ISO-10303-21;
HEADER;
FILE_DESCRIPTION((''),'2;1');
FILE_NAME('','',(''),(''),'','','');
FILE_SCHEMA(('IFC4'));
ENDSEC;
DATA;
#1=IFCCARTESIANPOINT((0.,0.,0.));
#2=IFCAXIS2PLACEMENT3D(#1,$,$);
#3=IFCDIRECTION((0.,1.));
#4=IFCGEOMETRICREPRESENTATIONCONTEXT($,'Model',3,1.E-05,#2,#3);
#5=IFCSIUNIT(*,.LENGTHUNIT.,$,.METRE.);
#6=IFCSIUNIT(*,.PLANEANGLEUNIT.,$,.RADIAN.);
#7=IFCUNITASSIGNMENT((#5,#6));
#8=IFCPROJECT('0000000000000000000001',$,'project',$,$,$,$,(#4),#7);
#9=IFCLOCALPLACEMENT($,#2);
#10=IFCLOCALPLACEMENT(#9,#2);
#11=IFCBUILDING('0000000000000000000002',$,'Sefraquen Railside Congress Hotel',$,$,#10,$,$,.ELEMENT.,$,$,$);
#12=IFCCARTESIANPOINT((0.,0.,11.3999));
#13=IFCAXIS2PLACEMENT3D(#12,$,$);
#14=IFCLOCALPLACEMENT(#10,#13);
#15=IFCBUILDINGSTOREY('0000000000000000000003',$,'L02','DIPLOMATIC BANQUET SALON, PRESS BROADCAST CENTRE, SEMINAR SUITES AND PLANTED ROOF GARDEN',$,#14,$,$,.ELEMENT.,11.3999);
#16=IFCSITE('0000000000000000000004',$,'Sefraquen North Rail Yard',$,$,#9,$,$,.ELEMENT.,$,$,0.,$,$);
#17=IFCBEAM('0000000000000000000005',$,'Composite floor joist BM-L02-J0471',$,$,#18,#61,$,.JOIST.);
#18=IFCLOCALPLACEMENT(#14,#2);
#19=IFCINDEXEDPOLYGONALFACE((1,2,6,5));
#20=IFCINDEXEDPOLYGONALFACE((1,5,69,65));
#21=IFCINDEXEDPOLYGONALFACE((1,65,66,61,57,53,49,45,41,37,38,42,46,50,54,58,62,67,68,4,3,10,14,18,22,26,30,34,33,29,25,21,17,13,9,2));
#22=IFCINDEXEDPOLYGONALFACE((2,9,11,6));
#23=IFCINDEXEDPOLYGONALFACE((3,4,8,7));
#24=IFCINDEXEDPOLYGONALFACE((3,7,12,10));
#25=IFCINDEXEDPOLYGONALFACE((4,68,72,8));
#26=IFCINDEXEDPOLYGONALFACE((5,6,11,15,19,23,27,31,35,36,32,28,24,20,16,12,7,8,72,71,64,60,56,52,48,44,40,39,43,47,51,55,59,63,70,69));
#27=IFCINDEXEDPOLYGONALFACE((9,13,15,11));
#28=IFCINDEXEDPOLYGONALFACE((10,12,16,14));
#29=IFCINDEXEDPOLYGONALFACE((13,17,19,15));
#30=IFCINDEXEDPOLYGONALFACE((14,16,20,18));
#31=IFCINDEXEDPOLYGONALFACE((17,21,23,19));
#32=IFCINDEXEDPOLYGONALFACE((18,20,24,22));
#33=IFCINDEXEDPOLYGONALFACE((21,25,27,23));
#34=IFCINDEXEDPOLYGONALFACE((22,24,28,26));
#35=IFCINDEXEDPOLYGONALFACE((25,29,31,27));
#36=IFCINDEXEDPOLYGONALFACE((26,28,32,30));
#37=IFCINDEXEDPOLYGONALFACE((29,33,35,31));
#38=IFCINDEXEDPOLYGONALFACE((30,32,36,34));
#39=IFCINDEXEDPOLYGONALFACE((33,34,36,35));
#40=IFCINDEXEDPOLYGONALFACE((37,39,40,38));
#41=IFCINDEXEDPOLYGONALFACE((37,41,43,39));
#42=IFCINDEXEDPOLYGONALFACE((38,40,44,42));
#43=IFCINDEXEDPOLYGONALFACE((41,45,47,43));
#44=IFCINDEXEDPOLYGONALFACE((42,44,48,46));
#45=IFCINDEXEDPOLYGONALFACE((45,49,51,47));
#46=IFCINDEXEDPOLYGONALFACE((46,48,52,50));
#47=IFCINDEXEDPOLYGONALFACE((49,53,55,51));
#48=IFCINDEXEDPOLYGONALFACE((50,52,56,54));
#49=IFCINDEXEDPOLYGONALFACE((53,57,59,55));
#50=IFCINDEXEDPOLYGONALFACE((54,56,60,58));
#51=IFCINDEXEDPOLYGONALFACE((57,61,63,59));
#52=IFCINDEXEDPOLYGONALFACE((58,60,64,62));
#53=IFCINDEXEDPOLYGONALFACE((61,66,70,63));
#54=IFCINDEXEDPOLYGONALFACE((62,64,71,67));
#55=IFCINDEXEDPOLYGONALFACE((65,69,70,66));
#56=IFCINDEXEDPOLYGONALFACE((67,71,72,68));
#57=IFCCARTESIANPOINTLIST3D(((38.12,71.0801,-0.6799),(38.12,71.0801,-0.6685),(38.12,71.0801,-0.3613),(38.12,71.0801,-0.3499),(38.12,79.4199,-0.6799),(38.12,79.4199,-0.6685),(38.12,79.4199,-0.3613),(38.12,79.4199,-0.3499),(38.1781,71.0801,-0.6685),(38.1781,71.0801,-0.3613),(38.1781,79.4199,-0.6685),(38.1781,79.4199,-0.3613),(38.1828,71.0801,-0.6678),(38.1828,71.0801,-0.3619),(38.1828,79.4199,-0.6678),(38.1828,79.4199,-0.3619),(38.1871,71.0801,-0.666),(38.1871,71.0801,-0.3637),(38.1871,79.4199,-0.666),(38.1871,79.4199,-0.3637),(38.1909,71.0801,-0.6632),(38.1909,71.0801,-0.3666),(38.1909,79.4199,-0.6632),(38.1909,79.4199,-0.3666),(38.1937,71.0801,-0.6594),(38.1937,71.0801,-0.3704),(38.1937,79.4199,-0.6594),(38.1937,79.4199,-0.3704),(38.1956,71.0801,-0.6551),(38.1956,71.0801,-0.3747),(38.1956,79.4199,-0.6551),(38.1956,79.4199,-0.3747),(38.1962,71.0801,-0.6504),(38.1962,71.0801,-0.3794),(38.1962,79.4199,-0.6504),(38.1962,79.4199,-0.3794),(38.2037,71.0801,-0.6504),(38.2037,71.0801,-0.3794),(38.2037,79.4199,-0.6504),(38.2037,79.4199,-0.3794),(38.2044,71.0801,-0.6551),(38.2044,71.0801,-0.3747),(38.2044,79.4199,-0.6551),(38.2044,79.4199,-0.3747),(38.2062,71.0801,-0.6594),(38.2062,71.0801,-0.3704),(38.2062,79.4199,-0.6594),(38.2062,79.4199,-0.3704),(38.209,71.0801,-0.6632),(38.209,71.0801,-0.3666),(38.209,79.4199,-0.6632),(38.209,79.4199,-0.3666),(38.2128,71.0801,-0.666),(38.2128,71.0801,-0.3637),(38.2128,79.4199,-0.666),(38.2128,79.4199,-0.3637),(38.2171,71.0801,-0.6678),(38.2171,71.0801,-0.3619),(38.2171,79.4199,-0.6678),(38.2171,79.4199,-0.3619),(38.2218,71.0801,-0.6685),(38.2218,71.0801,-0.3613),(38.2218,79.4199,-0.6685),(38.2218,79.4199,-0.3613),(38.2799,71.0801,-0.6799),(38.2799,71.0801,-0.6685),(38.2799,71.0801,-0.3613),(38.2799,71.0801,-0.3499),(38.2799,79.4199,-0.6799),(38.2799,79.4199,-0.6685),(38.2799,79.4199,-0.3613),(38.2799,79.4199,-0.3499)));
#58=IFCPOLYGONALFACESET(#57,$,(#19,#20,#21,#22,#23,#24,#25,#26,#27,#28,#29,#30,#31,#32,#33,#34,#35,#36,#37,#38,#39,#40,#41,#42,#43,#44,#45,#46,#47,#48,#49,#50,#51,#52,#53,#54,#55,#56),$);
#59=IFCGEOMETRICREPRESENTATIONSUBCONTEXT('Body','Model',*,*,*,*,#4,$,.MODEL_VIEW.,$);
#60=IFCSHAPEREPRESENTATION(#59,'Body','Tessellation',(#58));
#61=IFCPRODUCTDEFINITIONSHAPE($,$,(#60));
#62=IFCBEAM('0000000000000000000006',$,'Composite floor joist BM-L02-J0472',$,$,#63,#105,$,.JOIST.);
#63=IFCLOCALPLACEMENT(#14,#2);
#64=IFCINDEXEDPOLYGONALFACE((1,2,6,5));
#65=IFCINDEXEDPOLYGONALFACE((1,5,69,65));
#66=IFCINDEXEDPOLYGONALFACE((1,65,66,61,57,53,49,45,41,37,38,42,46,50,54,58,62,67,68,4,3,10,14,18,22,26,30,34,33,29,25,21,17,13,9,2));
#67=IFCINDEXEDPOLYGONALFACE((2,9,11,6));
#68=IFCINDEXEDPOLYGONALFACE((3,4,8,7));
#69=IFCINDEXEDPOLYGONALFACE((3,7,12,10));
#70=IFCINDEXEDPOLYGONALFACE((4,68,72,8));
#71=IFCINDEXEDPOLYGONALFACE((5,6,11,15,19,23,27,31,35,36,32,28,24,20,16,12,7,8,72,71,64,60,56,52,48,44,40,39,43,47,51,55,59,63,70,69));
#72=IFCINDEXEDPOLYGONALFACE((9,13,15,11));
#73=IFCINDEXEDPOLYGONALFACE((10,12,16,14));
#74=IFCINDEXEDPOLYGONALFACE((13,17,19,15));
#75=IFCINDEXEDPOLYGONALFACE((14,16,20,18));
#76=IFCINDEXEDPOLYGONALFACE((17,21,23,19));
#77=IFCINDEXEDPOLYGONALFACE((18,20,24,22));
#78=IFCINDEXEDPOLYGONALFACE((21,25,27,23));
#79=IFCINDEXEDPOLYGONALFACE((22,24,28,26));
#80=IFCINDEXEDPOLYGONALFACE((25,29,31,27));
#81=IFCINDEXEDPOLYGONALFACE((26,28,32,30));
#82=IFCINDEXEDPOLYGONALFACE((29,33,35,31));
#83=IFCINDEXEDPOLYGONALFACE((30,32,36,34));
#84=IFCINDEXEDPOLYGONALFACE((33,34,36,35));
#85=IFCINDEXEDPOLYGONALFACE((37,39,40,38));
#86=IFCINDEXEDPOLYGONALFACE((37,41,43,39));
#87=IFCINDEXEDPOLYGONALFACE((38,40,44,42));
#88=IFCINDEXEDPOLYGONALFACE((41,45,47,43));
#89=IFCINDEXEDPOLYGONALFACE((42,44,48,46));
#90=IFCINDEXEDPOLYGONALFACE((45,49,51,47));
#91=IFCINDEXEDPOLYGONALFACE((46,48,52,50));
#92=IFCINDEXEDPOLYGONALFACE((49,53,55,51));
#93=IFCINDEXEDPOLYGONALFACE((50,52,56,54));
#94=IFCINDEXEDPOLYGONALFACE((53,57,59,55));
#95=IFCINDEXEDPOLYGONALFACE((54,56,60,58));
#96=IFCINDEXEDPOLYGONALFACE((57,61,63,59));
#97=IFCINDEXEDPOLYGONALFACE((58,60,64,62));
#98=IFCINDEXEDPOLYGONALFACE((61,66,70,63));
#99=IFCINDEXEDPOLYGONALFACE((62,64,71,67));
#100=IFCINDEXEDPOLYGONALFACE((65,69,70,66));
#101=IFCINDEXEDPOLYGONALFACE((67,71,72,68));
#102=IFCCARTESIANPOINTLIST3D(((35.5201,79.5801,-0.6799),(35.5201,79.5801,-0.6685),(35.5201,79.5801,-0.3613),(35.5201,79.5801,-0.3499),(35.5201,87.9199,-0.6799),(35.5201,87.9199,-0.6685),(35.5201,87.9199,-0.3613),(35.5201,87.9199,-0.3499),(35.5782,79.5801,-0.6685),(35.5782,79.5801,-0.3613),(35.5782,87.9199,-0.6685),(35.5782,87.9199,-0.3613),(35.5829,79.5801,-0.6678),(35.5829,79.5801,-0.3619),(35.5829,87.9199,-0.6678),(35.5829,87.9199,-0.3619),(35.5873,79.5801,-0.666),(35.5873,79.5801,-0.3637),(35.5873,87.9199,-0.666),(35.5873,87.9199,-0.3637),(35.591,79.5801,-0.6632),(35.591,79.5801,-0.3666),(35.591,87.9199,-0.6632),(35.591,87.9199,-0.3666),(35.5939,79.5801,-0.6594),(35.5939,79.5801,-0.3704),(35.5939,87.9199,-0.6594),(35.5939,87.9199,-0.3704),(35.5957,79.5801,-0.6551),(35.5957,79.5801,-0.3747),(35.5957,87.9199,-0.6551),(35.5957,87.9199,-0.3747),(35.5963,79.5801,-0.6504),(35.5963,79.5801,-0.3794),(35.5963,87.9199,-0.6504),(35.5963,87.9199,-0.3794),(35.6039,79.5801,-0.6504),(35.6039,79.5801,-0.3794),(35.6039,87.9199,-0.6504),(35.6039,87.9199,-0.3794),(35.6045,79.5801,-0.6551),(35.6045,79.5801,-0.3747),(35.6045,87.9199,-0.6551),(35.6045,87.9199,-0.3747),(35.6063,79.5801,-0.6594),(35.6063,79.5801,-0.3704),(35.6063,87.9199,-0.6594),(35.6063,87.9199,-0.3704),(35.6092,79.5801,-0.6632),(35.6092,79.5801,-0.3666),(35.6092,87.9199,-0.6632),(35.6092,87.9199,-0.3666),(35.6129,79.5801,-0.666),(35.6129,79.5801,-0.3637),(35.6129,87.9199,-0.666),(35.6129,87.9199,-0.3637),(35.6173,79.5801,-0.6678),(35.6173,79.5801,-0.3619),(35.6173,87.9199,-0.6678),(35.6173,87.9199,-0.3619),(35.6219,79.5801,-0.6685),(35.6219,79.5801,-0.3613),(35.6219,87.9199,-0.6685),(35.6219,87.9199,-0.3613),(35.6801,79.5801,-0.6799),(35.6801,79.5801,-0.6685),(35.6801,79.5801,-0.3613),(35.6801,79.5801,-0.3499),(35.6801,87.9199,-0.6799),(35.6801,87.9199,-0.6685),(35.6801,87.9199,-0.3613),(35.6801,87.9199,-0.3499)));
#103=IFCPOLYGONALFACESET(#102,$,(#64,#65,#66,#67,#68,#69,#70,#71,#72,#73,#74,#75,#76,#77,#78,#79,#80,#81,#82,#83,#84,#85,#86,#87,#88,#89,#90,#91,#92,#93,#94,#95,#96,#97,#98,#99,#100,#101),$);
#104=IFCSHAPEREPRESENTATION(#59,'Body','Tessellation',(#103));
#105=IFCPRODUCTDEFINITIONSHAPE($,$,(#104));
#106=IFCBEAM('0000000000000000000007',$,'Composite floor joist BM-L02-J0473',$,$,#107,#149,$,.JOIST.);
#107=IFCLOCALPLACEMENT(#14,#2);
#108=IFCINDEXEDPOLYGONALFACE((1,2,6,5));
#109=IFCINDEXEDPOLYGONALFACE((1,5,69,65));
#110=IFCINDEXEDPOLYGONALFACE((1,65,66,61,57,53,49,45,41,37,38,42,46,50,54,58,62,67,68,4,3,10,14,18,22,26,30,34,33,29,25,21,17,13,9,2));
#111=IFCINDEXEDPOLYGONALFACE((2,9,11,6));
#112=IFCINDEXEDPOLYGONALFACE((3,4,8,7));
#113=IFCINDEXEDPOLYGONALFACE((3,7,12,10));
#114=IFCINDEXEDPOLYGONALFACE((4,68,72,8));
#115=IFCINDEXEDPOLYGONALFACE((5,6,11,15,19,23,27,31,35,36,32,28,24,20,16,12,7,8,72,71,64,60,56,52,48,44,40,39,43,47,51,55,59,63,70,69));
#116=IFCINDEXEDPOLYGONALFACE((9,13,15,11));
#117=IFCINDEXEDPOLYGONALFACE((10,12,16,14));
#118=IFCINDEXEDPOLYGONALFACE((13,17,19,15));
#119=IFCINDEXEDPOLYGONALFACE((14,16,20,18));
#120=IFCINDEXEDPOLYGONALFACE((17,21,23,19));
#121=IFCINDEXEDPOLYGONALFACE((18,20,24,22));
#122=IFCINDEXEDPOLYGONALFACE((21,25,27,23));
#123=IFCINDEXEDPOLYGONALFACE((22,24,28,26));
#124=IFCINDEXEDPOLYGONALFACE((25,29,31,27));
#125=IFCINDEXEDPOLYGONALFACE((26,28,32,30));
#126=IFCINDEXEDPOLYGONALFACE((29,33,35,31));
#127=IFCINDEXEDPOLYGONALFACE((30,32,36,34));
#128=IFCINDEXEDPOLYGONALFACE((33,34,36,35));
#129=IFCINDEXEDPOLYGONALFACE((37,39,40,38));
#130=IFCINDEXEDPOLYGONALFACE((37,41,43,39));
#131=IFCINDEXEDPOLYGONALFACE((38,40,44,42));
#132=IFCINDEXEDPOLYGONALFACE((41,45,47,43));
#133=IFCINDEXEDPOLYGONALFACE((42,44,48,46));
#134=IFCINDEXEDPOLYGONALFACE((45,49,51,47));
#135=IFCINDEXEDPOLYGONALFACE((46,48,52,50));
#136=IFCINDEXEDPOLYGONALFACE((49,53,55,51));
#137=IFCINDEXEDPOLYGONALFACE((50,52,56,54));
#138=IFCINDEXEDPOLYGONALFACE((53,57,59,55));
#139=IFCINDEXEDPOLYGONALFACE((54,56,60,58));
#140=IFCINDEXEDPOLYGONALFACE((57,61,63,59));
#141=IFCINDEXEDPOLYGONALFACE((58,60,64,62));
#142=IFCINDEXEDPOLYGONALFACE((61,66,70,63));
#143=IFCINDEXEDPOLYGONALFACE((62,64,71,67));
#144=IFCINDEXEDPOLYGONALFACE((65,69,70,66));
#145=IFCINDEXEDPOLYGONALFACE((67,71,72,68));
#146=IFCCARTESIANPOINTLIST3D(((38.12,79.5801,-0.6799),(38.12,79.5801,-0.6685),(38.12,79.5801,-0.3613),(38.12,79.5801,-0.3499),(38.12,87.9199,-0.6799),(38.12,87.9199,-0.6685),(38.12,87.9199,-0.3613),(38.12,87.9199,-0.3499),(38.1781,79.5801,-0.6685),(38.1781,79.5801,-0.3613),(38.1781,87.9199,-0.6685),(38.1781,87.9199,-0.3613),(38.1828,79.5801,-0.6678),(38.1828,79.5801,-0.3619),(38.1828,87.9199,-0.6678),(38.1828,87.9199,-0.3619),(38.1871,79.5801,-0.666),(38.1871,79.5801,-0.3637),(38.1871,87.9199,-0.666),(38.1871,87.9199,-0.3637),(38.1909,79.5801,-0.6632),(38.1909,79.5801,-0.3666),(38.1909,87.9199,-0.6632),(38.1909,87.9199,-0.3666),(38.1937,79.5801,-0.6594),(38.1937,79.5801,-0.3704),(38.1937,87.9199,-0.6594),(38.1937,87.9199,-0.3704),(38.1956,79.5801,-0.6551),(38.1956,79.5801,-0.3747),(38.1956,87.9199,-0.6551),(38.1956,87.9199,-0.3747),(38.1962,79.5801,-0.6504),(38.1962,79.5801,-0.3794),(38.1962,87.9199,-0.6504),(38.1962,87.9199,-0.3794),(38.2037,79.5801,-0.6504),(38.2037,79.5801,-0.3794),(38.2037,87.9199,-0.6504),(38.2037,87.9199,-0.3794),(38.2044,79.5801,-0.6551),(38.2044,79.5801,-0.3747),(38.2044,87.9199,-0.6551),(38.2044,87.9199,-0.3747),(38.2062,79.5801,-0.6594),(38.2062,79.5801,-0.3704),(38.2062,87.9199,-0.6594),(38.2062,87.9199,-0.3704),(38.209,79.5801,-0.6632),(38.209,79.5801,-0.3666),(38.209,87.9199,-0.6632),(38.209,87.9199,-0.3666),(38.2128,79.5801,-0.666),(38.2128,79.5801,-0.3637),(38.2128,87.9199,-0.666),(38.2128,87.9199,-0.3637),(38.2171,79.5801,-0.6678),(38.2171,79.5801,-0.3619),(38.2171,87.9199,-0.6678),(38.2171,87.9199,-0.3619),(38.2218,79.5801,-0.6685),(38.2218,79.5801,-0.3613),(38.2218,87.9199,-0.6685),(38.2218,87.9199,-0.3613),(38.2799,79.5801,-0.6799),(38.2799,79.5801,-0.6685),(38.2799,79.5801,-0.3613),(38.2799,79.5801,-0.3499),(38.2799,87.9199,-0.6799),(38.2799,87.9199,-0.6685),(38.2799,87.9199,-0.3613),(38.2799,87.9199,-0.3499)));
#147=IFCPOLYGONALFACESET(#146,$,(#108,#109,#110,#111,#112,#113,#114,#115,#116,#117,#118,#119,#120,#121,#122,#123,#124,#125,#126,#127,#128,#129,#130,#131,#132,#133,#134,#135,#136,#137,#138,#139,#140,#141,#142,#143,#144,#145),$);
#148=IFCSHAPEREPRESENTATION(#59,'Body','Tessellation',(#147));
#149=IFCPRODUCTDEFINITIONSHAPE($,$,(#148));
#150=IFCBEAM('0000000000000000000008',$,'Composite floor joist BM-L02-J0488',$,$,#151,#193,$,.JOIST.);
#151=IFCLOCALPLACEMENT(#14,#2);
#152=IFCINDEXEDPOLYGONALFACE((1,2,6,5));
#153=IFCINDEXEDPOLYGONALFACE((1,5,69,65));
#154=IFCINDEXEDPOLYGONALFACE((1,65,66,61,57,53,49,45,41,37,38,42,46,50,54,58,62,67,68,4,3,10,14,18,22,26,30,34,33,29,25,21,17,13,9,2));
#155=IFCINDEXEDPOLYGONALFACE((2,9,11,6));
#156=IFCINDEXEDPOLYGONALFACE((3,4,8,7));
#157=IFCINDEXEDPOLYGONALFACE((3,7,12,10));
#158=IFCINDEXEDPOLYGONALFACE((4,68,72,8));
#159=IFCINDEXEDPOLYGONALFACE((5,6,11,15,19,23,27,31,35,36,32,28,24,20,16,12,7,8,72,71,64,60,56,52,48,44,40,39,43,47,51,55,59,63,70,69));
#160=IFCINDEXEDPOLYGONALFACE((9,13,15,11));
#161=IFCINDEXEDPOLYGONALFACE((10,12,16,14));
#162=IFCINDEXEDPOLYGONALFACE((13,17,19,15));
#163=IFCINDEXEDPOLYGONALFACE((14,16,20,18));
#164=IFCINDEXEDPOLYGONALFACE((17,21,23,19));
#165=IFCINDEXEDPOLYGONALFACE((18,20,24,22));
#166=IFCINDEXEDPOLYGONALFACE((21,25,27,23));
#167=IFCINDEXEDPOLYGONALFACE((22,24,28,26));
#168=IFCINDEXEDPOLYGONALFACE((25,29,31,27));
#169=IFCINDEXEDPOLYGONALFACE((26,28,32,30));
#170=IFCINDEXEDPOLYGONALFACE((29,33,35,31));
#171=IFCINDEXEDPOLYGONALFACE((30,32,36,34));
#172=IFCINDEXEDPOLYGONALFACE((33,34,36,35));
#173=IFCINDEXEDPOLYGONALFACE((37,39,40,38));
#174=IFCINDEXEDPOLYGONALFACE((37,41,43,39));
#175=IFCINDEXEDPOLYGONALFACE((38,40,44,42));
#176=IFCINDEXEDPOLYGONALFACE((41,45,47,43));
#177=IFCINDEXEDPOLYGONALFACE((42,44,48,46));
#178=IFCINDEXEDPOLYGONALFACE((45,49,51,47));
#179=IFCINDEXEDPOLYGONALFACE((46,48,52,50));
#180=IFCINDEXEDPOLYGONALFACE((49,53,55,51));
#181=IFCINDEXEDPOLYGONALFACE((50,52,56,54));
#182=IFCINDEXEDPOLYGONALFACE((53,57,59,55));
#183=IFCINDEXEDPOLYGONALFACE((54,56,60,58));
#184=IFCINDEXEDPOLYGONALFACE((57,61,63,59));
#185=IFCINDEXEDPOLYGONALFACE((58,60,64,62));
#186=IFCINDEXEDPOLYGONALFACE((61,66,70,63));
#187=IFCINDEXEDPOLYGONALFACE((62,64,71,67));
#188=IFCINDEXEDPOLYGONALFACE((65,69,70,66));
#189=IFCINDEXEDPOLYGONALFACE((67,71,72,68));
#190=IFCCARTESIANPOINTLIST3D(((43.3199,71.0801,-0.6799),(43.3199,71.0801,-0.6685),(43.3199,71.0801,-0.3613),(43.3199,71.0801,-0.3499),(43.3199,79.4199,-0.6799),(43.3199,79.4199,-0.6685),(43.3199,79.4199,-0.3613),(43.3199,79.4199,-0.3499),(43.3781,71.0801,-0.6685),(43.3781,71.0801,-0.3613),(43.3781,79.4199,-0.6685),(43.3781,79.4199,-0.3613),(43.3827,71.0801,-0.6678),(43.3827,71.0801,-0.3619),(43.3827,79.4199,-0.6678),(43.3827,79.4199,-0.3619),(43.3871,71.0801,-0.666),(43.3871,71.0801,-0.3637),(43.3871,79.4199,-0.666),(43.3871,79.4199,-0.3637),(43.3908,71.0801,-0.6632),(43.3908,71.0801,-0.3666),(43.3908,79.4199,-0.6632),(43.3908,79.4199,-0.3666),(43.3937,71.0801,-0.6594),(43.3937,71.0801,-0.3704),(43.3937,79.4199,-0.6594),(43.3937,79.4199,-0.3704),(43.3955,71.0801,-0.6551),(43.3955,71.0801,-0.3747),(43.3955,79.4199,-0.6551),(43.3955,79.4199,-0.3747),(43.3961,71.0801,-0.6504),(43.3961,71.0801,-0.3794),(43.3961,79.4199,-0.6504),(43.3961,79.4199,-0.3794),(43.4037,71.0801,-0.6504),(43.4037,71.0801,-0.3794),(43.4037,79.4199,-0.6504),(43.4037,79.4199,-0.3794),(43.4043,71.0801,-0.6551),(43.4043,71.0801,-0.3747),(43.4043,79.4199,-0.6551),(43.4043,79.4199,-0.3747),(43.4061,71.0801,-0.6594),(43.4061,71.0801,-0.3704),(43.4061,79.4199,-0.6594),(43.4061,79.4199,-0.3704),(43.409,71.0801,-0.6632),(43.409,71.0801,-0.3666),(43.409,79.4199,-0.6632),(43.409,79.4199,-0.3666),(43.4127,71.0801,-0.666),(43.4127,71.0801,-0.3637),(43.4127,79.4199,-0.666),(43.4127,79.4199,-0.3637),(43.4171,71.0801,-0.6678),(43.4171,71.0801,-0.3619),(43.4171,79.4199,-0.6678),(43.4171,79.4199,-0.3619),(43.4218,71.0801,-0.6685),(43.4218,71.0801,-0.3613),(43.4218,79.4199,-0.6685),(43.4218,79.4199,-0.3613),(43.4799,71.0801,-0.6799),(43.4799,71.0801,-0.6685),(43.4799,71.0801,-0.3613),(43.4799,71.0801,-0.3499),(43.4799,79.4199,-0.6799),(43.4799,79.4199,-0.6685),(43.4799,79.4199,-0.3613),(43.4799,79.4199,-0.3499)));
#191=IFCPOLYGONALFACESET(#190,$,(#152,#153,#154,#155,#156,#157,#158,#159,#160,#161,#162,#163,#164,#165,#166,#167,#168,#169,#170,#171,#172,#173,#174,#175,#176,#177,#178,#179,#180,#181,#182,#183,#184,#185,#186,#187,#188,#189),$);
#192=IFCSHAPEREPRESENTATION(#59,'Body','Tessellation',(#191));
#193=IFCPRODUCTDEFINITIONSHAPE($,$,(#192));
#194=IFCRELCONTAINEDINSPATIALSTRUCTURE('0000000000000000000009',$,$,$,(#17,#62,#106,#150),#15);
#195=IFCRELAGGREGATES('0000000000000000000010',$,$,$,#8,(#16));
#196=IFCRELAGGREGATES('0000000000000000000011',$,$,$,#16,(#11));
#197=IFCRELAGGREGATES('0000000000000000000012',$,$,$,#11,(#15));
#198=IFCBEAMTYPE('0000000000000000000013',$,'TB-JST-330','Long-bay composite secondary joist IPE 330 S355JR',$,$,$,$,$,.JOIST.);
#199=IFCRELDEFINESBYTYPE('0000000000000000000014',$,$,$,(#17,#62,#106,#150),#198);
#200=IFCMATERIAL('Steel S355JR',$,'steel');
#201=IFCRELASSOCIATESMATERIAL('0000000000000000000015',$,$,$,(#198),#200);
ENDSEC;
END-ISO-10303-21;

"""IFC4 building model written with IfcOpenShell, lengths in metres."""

from ifc_helpers import new_model, si_unit, direction, frame, origin, origin_2d, place, context, subcontext, project, spatial, i_section, extrude, material, material_profile, profile_set, type_object, element, save


model = new_model("IFC4")

# Units and contexts
model_context = context("Model", 3, precision=1e-05, world=origin(), true_north=direction((0.0, 1.0)))
body_context = subcontext(model_context, "Body", "Model", "MODEL_VIEW")
ifc_project = project(units=[si_unit("LENGTHUNIT", "METRE"), si_unit("PLANEANGLEUNIT", "RADIAN")], contexts=[model_context])

# Site, building, storey
site_placement = place(None, origin())
site = spatial("IfcSite", under=ifc_project, at=site_placement, Name="Sefraquen North Rail Yard", CompositionType="ELEMENT", RefElevation=0.0)
building_placement = place(site_placement, origin())
building = spatial("IfcBuilding", under=site, at=building_placement, Name="Sefraquen Railside Congress Hotel", CompositionType="ELEMENT")
storey_placement = place(building_placement, frame((0.0, 0.0, 11.3999)))
storey = spatial("IfcBuildingStorey", under=building, at=storey_placement, Name="L02", Description="DIPLOMATIC BANQUET SALON, PRESS BROADCAST CENTRE, SEMINAR SUITES AND PLANTED ROOF GARDEN", CompositionType="ELEMENT", Elevation=11.3999)

# Shared definitions
ifc_material_1 = material(Name="Steel S355JR", Category="steel")

# Beams
ifc_material_profile_1 = material_profile(ifc_material_1, i_section(OverallWidth=0.1599, OverallDepth=0.3301, WebThickness=0.0076, FlangeThickness=0.0115, FilletRadius=0.0181, at=origin_2d()), Name="IPE 330")
ifc_profile_set_1 = profile_set([ifc_material_profile_1], Name="Steel S355JR")
beam_type_1 = type_object("IfcBeamType", Name="TB-JST-330", Description="Long-bay composite secondary joist IPE 330 S355JR", PredefinedType="JOIST", material=ifc_profile_set_1)
for number, where, z_axis, x_axis, name in (
    (1, (38.2, 71.0801, -0.5149), (0.0, 1.0, 0.0), (-1.0, 0.0, 0.0), "Composite floor joist BM-L02-J0471"),
    (2, (35.6001, 79.5801, -0.5149), (0.0, 1.0, 0.0), (-1.0, 0.0, 0.0), "Composite floor joist BM-L02-J0472"),
    (3, (38.2, 79.5801, -0.5149), (0.0, 1.0, 0.0), (-1.0, 0.0, 0.0), "Composite floor joist BM-L02-J0473"),
    (4, (43.3999, 71.0801, -0.5149), (0.0, 1.0, 0.0), (-1.0, 0.0, 0.0), "Composite floor joist BM-L02-J0488"),
):
    element("IfcBeam", number, at=place(storey_placement, frame(where, z_axis=z_axis, x_axis=x_axis)), inside=storey, type_object=beam_type_1, Name=name, PredefinedType="JOIST", context=body_context, shape_type="SweptSolid", body=[
        extrude(i_section(OverallWidth=0.1599, OverallDepth=0.3301, WebThickness=0.0076, FlangeThickness=0.0115, FilletRadius=0.0181, at=origin_2d()), origin(), (0.0, 0.0, 1.0), 8.3398),
    ])

save(model, "model.ifc")
